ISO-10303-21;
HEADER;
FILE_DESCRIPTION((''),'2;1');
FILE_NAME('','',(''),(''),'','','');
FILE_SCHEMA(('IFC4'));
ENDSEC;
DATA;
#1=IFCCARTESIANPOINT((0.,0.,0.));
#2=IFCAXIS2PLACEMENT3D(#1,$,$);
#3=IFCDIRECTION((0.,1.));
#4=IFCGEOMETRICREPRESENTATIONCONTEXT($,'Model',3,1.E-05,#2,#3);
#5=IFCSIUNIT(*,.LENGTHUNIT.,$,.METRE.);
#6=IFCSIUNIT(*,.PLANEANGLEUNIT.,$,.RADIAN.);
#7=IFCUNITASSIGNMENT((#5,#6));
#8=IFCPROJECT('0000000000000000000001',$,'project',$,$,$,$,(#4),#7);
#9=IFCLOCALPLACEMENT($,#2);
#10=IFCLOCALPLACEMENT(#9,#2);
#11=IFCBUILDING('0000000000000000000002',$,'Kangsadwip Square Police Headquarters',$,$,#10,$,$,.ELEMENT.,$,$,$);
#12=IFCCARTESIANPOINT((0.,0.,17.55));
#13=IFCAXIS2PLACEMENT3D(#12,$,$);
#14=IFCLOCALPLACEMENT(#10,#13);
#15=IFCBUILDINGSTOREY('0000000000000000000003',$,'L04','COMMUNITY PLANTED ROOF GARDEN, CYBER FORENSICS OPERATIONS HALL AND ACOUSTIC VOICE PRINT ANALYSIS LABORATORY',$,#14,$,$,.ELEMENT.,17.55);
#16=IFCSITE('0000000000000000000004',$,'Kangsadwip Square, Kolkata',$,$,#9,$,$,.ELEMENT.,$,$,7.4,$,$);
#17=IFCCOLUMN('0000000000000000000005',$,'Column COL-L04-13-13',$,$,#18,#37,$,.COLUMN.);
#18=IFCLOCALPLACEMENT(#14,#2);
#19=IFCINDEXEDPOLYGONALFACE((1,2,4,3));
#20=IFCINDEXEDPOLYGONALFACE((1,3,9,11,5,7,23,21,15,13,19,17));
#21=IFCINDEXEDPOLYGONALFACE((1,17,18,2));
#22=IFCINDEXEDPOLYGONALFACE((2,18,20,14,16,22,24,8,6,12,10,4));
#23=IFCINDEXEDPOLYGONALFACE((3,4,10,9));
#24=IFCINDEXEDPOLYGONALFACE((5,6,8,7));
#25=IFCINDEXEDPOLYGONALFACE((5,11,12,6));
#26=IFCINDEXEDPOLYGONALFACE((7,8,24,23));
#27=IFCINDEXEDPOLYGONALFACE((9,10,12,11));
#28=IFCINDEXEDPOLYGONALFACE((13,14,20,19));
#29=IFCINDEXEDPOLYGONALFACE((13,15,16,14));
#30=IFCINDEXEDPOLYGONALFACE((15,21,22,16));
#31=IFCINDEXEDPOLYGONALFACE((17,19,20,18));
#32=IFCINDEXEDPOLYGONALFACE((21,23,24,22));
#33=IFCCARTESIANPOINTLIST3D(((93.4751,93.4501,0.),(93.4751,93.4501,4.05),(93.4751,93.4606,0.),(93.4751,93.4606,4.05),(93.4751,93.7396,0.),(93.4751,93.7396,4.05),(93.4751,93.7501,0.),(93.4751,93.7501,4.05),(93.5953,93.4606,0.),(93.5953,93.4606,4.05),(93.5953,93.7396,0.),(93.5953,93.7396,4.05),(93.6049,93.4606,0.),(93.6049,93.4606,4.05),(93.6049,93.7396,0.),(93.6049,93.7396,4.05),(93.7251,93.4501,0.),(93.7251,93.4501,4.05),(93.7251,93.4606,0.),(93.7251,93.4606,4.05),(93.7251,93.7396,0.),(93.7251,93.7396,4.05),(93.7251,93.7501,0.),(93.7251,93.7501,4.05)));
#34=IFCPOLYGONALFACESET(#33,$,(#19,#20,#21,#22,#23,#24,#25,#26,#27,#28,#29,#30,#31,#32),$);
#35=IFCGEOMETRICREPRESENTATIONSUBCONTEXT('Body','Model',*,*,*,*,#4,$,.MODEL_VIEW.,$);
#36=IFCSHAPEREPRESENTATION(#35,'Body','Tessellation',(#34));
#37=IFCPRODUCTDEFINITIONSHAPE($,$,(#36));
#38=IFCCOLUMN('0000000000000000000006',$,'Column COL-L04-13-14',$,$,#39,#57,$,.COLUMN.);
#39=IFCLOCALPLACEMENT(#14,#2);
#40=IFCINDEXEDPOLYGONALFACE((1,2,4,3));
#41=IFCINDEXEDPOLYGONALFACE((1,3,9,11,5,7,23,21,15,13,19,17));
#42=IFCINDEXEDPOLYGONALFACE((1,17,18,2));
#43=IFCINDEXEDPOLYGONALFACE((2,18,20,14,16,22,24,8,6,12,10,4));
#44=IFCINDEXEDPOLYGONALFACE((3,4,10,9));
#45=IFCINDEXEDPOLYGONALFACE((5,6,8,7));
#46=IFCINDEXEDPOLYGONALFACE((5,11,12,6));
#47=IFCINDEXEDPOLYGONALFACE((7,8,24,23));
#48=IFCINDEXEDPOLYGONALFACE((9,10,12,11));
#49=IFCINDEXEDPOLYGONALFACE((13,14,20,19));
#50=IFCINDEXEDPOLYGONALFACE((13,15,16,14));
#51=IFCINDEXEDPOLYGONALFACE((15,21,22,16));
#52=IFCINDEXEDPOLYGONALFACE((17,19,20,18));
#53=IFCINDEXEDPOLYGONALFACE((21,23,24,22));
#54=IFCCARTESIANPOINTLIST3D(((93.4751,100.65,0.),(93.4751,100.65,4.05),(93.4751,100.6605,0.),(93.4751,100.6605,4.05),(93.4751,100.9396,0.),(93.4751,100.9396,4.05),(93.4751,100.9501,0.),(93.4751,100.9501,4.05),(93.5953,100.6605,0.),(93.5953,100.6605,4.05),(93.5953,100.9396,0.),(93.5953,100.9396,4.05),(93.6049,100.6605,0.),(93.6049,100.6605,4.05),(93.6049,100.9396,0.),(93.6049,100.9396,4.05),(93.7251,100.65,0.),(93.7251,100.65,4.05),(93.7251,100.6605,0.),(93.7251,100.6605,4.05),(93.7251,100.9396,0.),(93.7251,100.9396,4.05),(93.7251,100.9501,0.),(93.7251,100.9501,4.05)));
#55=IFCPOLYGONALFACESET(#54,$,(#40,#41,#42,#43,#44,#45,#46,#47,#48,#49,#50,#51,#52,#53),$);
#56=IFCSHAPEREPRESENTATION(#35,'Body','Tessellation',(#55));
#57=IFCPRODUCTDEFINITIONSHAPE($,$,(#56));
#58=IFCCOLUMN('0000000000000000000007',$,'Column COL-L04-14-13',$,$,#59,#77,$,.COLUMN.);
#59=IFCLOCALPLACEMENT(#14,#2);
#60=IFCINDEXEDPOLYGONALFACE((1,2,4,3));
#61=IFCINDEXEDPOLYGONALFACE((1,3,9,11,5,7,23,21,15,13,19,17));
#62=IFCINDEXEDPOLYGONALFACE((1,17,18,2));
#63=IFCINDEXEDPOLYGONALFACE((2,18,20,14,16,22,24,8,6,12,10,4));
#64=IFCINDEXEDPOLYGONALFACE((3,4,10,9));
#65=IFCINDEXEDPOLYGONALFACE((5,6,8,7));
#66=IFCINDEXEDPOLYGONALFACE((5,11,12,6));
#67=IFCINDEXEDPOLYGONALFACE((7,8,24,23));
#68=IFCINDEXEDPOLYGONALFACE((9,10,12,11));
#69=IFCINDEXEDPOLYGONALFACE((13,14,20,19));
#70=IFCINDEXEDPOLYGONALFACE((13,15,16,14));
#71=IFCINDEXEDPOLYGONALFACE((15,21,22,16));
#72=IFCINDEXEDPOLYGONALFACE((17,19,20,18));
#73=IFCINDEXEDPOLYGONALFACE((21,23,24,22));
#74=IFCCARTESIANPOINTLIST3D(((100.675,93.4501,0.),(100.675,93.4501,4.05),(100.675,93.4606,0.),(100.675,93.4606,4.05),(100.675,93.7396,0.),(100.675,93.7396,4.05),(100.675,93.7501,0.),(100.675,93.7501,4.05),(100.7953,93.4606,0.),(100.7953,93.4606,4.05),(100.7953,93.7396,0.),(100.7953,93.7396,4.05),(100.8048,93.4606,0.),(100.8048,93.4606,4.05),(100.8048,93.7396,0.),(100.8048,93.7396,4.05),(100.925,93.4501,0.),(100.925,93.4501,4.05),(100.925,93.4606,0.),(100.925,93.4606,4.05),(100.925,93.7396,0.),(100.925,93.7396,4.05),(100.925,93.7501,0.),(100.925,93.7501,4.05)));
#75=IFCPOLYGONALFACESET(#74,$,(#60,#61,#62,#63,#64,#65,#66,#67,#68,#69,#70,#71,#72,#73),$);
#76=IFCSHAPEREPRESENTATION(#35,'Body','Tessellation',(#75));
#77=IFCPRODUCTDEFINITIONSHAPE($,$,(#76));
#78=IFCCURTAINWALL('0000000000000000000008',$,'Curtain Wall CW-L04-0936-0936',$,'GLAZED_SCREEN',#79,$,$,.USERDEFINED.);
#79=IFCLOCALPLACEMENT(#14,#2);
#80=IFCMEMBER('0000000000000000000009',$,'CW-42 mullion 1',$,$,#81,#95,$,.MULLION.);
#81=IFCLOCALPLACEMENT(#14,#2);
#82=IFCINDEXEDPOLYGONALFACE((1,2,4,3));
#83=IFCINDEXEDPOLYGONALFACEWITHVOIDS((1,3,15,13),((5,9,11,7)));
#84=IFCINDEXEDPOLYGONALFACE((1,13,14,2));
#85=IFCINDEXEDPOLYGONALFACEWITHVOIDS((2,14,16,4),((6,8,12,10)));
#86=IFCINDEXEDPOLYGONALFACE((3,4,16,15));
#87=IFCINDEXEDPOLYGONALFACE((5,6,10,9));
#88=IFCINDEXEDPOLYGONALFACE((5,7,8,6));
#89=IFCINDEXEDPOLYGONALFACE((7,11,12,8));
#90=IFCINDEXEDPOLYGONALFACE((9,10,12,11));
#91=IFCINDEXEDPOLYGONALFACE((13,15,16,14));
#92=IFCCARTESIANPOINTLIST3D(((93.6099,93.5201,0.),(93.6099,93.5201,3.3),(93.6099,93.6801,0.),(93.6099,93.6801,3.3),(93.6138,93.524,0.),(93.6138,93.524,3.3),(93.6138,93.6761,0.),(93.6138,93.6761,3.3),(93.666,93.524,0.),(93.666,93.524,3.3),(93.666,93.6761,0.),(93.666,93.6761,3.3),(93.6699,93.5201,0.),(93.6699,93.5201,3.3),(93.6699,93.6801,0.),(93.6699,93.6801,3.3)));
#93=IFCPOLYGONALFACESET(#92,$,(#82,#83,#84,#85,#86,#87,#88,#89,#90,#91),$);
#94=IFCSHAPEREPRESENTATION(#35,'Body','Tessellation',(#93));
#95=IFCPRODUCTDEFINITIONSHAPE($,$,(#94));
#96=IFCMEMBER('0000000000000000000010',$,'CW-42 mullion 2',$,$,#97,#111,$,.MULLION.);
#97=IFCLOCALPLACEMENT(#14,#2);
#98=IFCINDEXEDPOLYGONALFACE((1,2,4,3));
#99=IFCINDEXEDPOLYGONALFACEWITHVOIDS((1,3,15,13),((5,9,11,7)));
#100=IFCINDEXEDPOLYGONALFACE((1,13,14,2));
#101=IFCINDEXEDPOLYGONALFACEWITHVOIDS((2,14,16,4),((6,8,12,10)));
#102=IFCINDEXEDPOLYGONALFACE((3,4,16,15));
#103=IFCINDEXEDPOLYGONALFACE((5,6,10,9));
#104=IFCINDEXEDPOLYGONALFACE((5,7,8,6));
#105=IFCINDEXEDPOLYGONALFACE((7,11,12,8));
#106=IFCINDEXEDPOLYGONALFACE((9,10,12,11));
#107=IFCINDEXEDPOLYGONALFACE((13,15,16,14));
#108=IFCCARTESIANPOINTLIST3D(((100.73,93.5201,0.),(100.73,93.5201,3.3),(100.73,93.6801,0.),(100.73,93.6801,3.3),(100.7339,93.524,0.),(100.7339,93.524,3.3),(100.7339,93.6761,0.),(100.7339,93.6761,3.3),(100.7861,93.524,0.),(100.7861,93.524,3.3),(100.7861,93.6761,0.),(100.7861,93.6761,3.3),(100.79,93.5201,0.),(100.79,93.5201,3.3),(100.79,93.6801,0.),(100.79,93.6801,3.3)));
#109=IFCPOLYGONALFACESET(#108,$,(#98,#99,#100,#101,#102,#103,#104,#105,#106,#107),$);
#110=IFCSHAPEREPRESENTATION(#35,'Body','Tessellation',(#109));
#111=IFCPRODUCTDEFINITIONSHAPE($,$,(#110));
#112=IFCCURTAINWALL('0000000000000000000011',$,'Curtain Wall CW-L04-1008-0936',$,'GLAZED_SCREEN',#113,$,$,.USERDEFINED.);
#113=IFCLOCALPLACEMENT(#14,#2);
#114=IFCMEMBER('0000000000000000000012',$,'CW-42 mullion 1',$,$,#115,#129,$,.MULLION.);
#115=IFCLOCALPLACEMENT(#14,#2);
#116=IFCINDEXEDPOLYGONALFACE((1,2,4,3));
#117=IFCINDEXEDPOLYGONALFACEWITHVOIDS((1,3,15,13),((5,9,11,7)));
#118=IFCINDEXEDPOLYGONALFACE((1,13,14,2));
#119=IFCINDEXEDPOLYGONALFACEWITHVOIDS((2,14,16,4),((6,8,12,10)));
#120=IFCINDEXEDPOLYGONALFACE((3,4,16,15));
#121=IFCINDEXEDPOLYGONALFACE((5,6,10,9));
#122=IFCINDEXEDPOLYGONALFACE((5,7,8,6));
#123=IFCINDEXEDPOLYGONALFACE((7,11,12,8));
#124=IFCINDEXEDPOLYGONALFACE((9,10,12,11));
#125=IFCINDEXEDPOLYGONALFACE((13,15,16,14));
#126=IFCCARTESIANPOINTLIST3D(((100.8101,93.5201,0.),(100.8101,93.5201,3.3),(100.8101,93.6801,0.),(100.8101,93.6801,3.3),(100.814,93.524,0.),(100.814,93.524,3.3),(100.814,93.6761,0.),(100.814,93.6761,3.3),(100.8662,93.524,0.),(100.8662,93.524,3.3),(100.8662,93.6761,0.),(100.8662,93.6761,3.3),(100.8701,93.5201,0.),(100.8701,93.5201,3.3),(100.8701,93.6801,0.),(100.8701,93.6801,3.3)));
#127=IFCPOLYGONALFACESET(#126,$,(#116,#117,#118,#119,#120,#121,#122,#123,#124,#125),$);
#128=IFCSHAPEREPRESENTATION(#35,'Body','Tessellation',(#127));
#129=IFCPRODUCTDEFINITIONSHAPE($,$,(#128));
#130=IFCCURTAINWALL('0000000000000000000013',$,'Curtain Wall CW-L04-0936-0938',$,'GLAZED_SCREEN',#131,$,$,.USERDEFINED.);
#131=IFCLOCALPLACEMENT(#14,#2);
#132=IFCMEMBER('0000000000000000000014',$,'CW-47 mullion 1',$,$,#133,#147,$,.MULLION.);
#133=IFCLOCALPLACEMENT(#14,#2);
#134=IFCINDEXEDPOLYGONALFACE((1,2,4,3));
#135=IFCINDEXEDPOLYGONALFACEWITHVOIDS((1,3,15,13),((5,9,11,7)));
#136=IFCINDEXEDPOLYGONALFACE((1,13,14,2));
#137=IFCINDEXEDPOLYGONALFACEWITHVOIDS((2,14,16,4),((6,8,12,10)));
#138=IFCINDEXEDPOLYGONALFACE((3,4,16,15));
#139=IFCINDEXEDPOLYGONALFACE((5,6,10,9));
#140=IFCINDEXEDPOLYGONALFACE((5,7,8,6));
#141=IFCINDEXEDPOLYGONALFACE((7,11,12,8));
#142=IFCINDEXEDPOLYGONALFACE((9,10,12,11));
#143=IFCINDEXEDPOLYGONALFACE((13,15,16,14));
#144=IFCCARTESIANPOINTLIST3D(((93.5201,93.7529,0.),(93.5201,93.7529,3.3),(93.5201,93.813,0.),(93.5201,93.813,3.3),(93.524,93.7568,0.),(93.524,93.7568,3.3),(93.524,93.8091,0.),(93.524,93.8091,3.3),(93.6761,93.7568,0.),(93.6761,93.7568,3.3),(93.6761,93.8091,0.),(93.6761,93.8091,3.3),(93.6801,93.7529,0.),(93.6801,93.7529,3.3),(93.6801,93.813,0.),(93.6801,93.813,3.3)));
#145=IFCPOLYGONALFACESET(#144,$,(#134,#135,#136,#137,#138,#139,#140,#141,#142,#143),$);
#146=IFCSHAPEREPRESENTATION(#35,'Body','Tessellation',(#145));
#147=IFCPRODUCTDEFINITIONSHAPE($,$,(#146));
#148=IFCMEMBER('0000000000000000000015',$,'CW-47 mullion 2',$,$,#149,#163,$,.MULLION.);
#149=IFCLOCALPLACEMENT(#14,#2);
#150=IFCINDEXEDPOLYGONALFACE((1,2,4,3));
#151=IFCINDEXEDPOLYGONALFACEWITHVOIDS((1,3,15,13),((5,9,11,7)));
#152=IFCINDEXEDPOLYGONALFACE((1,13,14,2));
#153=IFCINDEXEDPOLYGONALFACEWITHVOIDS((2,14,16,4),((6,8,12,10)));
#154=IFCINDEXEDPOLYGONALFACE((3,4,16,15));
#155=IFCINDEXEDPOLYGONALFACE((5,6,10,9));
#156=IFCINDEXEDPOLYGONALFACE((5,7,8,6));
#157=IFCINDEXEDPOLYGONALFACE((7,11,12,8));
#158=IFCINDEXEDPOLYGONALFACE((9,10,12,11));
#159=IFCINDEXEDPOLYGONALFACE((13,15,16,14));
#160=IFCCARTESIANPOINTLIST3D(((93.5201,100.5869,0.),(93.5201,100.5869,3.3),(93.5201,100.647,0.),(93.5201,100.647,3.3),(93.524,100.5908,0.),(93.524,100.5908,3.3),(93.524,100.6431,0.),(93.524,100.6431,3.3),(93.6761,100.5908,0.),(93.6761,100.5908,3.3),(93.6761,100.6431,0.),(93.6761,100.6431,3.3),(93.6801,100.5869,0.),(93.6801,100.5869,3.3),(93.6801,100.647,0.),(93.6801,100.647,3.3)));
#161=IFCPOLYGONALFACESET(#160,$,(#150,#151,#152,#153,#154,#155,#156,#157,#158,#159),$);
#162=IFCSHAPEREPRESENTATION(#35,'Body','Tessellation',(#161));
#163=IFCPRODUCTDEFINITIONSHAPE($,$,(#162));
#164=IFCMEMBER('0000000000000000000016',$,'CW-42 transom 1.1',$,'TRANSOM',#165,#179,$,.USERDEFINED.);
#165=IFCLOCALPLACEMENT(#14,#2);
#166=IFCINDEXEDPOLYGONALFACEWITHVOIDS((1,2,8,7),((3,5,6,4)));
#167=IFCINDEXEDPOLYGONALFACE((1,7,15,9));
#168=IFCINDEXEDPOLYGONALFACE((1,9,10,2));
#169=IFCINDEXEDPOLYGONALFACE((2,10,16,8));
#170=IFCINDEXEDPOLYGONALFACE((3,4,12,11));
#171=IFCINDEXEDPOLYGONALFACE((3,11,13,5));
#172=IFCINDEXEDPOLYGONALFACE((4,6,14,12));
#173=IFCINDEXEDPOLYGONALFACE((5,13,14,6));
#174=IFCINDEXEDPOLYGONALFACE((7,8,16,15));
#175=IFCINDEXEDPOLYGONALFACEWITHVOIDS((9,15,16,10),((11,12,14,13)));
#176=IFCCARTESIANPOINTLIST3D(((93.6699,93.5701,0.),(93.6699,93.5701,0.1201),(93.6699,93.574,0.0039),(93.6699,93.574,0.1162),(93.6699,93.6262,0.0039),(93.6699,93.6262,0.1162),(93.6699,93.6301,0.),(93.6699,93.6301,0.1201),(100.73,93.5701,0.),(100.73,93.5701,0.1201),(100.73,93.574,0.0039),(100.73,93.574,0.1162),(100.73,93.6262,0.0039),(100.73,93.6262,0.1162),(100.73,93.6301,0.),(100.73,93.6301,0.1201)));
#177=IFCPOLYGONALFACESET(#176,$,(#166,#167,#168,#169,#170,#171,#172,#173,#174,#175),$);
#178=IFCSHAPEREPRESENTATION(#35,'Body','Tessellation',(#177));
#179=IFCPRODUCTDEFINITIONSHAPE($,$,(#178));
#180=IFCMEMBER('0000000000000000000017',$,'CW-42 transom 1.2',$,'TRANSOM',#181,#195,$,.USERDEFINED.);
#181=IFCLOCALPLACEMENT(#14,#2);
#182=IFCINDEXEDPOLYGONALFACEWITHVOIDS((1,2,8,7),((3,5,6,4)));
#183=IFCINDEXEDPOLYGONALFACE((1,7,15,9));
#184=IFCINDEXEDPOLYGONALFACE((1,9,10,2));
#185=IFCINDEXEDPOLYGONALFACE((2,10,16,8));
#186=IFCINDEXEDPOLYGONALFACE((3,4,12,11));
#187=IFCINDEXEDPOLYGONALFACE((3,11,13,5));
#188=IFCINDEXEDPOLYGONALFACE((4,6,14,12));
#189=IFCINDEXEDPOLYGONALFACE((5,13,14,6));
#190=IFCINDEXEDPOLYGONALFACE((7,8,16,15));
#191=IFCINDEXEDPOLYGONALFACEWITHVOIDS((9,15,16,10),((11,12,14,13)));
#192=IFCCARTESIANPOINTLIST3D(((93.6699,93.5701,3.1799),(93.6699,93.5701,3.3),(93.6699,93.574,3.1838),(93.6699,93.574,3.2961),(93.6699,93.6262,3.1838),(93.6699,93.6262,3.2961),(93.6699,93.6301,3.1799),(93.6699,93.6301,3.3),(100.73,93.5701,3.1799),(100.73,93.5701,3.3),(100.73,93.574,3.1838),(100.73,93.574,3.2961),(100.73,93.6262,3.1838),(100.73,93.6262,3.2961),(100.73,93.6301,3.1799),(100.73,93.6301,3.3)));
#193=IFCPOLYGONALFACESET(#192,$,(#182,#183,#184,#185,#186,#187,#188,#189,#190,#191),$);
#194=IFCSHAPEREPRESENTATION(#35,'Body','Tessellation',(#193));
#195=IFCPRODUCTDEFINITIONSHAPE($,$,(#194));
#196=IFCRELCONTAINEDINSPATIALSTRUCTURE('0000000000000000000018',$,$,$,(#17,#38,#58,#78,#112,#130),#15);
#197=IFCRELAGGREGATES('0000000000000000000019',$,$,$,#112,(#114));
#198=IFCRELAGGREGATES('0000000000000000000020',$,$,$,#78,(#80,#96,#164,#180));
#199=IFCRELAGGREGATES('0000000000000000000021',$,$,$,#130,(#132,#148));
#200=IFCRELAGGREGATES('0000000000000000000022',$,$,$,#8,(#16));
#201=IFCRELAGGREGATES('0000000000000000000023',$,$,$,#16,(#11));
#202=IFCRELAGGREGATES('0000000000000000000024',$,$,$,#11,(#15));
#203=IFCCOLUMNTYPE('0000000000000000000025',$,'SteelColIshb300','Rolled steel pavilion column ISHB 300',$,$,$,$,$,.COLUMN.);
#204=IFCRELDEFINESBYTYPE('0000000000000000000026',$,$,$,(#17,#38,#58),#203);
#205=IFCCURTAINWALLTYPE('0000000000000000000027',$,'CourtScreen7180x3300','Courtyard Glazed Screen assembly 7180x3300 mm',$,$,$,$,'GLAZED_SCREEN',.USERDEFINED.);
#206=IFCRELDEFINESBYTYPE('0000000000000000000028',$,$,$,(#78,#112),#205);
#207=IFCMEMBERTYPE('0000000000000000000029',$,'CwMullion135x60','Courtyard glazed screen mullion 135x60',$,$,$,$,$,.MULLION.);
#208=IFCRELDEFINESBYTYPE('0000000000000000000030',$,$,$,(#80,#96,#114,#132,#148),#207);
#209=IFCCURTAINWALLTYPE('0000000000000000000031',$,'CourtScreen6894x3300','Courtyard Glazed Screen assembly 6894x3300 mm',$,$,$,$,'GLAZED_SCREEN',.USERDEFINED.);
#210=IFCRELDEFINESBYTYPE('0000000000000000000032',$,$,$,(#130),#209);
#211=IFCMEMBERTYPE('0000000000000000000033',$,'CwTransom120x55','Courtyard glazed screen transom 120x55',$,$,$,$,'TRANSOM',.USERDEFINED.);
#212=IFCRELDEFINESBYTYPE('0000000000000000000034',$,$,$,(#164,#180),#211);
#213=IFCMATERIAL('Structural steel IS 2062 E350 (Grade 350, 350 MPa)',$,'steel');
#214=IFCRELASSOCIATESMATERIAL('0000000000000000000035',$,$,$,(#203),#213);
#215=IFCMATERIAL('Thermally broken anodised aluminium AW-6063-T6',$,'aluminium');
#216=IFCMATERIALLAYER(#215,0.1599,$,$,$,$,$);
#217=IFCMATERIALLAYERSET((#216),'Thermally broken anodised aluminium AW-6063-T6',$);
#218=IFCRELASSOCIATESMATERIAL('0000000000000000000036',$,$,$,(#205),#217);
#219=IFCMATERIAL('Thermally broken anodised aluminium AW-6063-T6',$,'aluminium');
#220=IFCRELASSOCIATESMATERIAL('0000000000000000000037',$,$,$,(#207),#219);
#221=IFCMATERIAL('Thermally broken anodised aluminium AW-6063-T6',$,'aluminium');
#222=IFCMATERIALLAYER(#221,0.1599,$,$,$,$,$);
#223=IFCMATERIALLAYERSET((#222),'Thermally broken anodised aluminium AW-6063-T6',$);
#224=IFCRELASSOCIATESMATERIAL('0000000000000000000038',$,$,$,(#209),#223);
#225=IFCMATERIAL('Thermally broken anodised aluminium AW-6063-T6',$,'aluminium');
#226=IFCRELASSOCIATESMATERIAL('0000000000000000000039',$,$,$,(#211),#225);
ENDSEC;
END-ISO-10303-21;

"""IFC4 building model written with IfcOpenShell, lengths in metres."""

from ifc_helpers import new_model, si_unit, direction, frame, origin, origin_2d, place, context, subcontext, project, spatial, hollow_rectangle, i_section, extrude, material, layer, layer_set, material_profile, profile_set, type_object, element, aggregate, save


model = new_model("IFC4")

# Units and contexts
model_context = context("Model", 3, precision=1e-05, world=origin(), true_north=direction((0.0, 1.0)))
body_context = subcontext(model_context, "Body", "Model", "MODEL_VIEW")
ifc_project = project(units=[si_unit("LENGTHUNIT", "METRE"), si_unit("PLANEANGLEUNIT", "RADIAN")], contexts=[model_context])

# Site, building, storey
site_placement = place(None, origin())
site = spatial("IfcSite", under=ifc_project, at=site_placement, Name="Kangsadwip Square, Kolkata", CompositionType="ELEMENT", RefElevation=7.4)
building_placement = place(site_placement, origin())
building = spatial("IfcBuilding", under=site, at=building_placement, Name="Kangsadwip Square Police Headquarters", CompositionType="ELEMENT")
storey_placement = place(building_placement, frame((0.0, 0.0, 17.55)))
storey = spatial("IfcBuildingStorey", under=building, at=storey_placement, Name="L04", Description="COMMUNITY PLANTED ROOF GARDEN, CYBER FORENSICS OPERATIONS HALL AND ACOUSTIC VOICE PRINT ANALYSIS LABORATORY", CompositionType="ELEMENT", Elevation=17.55)

# Columns
ifc_material_1 = material(Name="Structural steel IS 2062 E350 (Grade 350, 350 MPa)", Category="steel")
ifc_material_profile_1 = material_profile(ifc_material_1, i_section(OverallWidth=0.25, OverallDepth=0.3, WebThickness=0.0095, FlangeThickness=0.0105, at=origin_2d()), Name="ISHB 300")
ifc_profile_set_1 = profile_set([ifc_material_profile_1], Name="Structural steel IS 2062 E350 (Grade 350, 350 MPa)")
column_type = type_object("IfcColumnType", Name="SteelColIshb300", Description="Rolled steel pavilion column ISHB 300", PredefinedType="COLUMN", material=ifc_profile_set_1)
for number, where, z_axis, x_axis, name in (
    (1, (93.6001, 93.6001, 0.0), (0.0, 0.0, 1.0), (1.0, 0.0, 0.0), "Column COL-L04-13-13"),
    (2, (93.6001, 100.8, 0.0), (0.0, 0.0, 1.0), (1.0, 0.0, 0.0), "Column COL-L04-13-14"),
    (3, (100.8, 93.6001, 0.0), (0.0, 0.0, 1.0), (1.0, 0.0, 0.0), "Column COL-L04-14-13"),
):
    element("IfcColumn", number, at=place(storey_placement, frame(where, z_axis=z_axis, x_axis=x_axis)), inside=storey, type_object=column_type, Name=name, PredefinedType="COLUMN", context=body_context, shape_type="SweptSolid", body=[
        extrude(i_section(OverallWidth=0.25, OverallDepth=0.3, WebThickness=0.0095, FlangeThickness=0.0105, at=origin_2d()), origin(), (0.0, 0.0, 1.0), 4.05),
    ])

# Curtain wall, members
ifc_material_2 = material(Name="Thermally broken anodised aluminium AW-6063-T6", Category="aluminium")
ifc_layer_1 = layer(ifc_material_2, 0.1599)
ifc_layer_set_1 = layer_set([ifc_layer_1], Name="Thermally broken anodised aluminium AW-6063-T6")
curtain_wall_type_1 = type_object("IfcCurtainWallType", Name="CourtScreen7180x3300", Description="Courtyard Glazed Screen assembly 7180x3300 mm", ElementType="GLAZED_SCREEN", PredefinedType="USERDEFINED", material=ifc_layer_set_1)
curtain_wall_1_placement = place(storey_placement, origin())
curtain_wall_1 = element("IfcCurtainWall", 4, at=curtain_wall_1_placement, inside=storey, type_object=curtain_wall_type_1, Name="Curtain Wall CW-L04-0936-0936", ObjectType="GLAZED_SCREEN", PredefinedType="USERDEFINED")
ifc_material_3 = material(Name="Thermally broken anodised aluminium AW-6063-T6", Category="aluminium")
ifc_material_profile_2 = material_profile(ifc_material_3, hollow_rectangle(XDim=0.0601, YDim=0.1599, WallThickness=0.0039, at=origin_2d()), Name="CWM 160X60X4")
ifc_profile_set_2 = profile_set([ifc_material_profile_2], Name="Thermally broken anodised aluminium AW-6063-T6")
member_type_1 = type_object("IfcMemberType", Name="CwMullion135x60", Description="Courtyard glazed screen mullion 135x60", PredefinedType="MULLION", material=ifc_profile_set_2)
member_1_placement = place(storey_placement, frame((93.6399, 93.6001, 0.0), z_axis=(0.0, 0.0, 1.0), x_axis=(1.0, 0.0, 0.0)))
member_1 = element("IfcMember", 5, at=member_1_placement, type_object=member_type_1, Name="CW-42 mullion 1", PredefinedType="MULLION", context=body_context, shape_type="SweptSolid", body=[
    extrude(hollow_rectangle(XDim=0.0601, YDim=0.1599, WallThickness=0.0039, at=origin_2d()), origin(), (0.0, 0.0, 1.0), 3.3),
])
member_2_placement = place(storey_placement, frame((100.76, 93.6001, 0.0), z_axis=(0.0, 0.0, 1.0), x_axis=(1.0, 0.0, 0.0)))
member_2 = element("IfcMember", 6, at=member_2_placement, type_object=member_type_1, Name="CW-42 mullion 2", PredefinedType="MULLION", context=body_context, shape_type="SweptSolid", body=[
    extrude(hollow_rectangle(XDim=0.0601, YDim=0.1599, WallThickness=0.0039, at=origin_2d()), origin(), (0.0, 0.0, 1.0), 3.3),
])

# Curtain wall, member
curtain_wall_2_placement = place(storey_placement, origin())
curtain_wall_2 = element("IfcCurtainWall", 7, at=curtain_wall_2_placement, inside=storey, type_object=curtain_wall_type_1, Name="Curtain Wall CW-L04-1008-0936", ObjectType="GLAZED_SCREEN", PredefinedType="USERDEFINED")
member_3_placement = place(storey_placement, frame((100.8401, 93.6001, 0.0), z_axis=(0.0, 0.0, 1.0), x_axis=(1.0, 0.0, 0.0)))
member_3 = element("IfcMember", 8, at=member_3_placement, type_object=member_type_1, Name="CW-42 mullion 1", PredefinedType="MULLION", context=body_context, shape_type="SweptSolid", body=[
    extrude(hollow_rectangle(XDim=0.0601, YDim=0.1599, WallThickness=0.0039, at=origin_2d()), origin(), (0.0, 0.0, 1.0), 3.3),
])
aggregate(curtain_wall_2, [member_3])

# Curtain wall, members
ifc_material_4 = material(Name="Thermally broken anodised aluminium AW-6063-T6", Category="aluminium")
ifc_layer_2 = layer(ifc_material_4, 0.1599)
ifc_layer_set_2 = layer_set([ifc_layer_2], Name="Thermally broken anodised aluminium AW-6063-T6")
curtain_wall_type_2 = type_object("IfcCurtainWallType", Name="CourtScreen6894x3300", Description="Courtyard Glazed Screen assembly 6894x3300 mm", ElementType="GLAZED_SCREEN", PredefinedType="USERDEFINED", material=ifc_layer_set_2)
curtain_wall_3_placement = place(storey_placement, origin())
curtain_wall_3 = element("IfcCurtainWall", 9, at=curtain_wall_3_placement, inside=storey, type_object=curtain_wall_type_2, Name="Curtain Wall CW-L04-0936-0938", ObjectType="GLAZED_SCREEN", PredefinedType="USERDEFINED")
member_4_placement = place(storey_placement, frame((93.6001, 93.783, 0.0), z_axis=(0.0, 0.0, 1.0), x_axis=(0.0, 1.0, 0.0)))
member_4 = element("IfcMember", 10, at=member_4_placement, type_object=member_type_1, Name="CW-47 mullion 1", PredefinedType="MULLION", context=body_context, shape_type="SweptSolid", body=[
    extrude(hollow_rectangle(XDim=0.0601, YDim=0.1599, WallThickness=0.0039, at=origin_2d()), origin(), (0.0, 0.0, 1.0), 3.3),
])
member_5_placement = place(storey_placement, frame((93.6001, 100.6169, 0.0), z_axis=(0.0, 0.0, 1.0), x_axis=(0.0, 1.0, 0.0)))
member_5 = element("IfcMember", 11, at=member_5_placement, type_object=member_type_1, Name="CW-47 mullion 2", PredefinedType="MULLION", context=body_context, shape_type="SweptSolid", body=[
    extrude(hollow_rectangle(XDim=0.0601, YDim=0.1599, WallThickness=0.0039, at=origin_2d()), origin(), (0.0, 0.0, 1.0), 3.3),
])

# Members
ifc_material_5 = material(Name="Thermally broken anodised aluminium AW-6063-T6", Category="aluminium")
ifc_material_profile_3 = material_profile(ifc_material_5, hollow_rectangle(XDim=0.0601, YDim=0.1201, WallThickness=0.0039, at=origin_2d()), Name="CWT 120X60X4")
ifc_profile_set_3 = profile_set([ifc_material_profile_3], Name="Thermally broken anodised aluminium AW-6063-T6")
member_type_2 = type_object("IfcMemberType", Name="CwTransom120x55", Description="Courtyard glazed screen transom 120x55", ElementType="TRANSOM", PredefinedType="USERDEFINED", material=ifc_profile_set_3)
member_6_placement = place(storey_placement, frame((93.6699, 93.6001, 0.0601), z_axis=(1.0, 0.0, 0.0), x_axis=(0.0, 1.0, 0.0)))
member_6 = element("IfcMember", 12, at=member_6_placement, type_object=member_type_2, Name="CW-42 transom 1.1", ObjectType="TRANSOM", PredefinedType="USERDEFINED", context=body_context, shape_type="SweptSolid", body=[
    extrude(hollow_rectangle(XDim=0.0601, YDim=0.1201, WallThickness=0.0039, at=origin_2d()), origin(), (0.0, 0.0, 1.0), 7.0601),
])
member_7_placement = place(storey_placement, frame((93.6699, 93.6001, 3.24), z_axis=(1.0, 0.0, 0.0), x_axis=(0.0, 1.0, 0.0)))
member_7 = element("IfcMember", 13, at=member_7_placement, type_object=member_type_2, Name="CW-42 transom 1.2", ObjectType="TRANSOM", PredefinedType="USERDEFINED", context=body_context, shape_type="SweptSolid", body=[
    extrude(hollow_rectangle(XDim=0.0601, YDim=0.1201, WallThickness=0.0039, at=origin_2d()), origin(), (0.0, 0.0, 1.0), 7.0601),
])

aggregate(curtain_wall_1, [member_1, member_2, member_6, member_7])
aggregate(curtain_wall_3, [member_4, member_5])

save(model, "model.ifc")
